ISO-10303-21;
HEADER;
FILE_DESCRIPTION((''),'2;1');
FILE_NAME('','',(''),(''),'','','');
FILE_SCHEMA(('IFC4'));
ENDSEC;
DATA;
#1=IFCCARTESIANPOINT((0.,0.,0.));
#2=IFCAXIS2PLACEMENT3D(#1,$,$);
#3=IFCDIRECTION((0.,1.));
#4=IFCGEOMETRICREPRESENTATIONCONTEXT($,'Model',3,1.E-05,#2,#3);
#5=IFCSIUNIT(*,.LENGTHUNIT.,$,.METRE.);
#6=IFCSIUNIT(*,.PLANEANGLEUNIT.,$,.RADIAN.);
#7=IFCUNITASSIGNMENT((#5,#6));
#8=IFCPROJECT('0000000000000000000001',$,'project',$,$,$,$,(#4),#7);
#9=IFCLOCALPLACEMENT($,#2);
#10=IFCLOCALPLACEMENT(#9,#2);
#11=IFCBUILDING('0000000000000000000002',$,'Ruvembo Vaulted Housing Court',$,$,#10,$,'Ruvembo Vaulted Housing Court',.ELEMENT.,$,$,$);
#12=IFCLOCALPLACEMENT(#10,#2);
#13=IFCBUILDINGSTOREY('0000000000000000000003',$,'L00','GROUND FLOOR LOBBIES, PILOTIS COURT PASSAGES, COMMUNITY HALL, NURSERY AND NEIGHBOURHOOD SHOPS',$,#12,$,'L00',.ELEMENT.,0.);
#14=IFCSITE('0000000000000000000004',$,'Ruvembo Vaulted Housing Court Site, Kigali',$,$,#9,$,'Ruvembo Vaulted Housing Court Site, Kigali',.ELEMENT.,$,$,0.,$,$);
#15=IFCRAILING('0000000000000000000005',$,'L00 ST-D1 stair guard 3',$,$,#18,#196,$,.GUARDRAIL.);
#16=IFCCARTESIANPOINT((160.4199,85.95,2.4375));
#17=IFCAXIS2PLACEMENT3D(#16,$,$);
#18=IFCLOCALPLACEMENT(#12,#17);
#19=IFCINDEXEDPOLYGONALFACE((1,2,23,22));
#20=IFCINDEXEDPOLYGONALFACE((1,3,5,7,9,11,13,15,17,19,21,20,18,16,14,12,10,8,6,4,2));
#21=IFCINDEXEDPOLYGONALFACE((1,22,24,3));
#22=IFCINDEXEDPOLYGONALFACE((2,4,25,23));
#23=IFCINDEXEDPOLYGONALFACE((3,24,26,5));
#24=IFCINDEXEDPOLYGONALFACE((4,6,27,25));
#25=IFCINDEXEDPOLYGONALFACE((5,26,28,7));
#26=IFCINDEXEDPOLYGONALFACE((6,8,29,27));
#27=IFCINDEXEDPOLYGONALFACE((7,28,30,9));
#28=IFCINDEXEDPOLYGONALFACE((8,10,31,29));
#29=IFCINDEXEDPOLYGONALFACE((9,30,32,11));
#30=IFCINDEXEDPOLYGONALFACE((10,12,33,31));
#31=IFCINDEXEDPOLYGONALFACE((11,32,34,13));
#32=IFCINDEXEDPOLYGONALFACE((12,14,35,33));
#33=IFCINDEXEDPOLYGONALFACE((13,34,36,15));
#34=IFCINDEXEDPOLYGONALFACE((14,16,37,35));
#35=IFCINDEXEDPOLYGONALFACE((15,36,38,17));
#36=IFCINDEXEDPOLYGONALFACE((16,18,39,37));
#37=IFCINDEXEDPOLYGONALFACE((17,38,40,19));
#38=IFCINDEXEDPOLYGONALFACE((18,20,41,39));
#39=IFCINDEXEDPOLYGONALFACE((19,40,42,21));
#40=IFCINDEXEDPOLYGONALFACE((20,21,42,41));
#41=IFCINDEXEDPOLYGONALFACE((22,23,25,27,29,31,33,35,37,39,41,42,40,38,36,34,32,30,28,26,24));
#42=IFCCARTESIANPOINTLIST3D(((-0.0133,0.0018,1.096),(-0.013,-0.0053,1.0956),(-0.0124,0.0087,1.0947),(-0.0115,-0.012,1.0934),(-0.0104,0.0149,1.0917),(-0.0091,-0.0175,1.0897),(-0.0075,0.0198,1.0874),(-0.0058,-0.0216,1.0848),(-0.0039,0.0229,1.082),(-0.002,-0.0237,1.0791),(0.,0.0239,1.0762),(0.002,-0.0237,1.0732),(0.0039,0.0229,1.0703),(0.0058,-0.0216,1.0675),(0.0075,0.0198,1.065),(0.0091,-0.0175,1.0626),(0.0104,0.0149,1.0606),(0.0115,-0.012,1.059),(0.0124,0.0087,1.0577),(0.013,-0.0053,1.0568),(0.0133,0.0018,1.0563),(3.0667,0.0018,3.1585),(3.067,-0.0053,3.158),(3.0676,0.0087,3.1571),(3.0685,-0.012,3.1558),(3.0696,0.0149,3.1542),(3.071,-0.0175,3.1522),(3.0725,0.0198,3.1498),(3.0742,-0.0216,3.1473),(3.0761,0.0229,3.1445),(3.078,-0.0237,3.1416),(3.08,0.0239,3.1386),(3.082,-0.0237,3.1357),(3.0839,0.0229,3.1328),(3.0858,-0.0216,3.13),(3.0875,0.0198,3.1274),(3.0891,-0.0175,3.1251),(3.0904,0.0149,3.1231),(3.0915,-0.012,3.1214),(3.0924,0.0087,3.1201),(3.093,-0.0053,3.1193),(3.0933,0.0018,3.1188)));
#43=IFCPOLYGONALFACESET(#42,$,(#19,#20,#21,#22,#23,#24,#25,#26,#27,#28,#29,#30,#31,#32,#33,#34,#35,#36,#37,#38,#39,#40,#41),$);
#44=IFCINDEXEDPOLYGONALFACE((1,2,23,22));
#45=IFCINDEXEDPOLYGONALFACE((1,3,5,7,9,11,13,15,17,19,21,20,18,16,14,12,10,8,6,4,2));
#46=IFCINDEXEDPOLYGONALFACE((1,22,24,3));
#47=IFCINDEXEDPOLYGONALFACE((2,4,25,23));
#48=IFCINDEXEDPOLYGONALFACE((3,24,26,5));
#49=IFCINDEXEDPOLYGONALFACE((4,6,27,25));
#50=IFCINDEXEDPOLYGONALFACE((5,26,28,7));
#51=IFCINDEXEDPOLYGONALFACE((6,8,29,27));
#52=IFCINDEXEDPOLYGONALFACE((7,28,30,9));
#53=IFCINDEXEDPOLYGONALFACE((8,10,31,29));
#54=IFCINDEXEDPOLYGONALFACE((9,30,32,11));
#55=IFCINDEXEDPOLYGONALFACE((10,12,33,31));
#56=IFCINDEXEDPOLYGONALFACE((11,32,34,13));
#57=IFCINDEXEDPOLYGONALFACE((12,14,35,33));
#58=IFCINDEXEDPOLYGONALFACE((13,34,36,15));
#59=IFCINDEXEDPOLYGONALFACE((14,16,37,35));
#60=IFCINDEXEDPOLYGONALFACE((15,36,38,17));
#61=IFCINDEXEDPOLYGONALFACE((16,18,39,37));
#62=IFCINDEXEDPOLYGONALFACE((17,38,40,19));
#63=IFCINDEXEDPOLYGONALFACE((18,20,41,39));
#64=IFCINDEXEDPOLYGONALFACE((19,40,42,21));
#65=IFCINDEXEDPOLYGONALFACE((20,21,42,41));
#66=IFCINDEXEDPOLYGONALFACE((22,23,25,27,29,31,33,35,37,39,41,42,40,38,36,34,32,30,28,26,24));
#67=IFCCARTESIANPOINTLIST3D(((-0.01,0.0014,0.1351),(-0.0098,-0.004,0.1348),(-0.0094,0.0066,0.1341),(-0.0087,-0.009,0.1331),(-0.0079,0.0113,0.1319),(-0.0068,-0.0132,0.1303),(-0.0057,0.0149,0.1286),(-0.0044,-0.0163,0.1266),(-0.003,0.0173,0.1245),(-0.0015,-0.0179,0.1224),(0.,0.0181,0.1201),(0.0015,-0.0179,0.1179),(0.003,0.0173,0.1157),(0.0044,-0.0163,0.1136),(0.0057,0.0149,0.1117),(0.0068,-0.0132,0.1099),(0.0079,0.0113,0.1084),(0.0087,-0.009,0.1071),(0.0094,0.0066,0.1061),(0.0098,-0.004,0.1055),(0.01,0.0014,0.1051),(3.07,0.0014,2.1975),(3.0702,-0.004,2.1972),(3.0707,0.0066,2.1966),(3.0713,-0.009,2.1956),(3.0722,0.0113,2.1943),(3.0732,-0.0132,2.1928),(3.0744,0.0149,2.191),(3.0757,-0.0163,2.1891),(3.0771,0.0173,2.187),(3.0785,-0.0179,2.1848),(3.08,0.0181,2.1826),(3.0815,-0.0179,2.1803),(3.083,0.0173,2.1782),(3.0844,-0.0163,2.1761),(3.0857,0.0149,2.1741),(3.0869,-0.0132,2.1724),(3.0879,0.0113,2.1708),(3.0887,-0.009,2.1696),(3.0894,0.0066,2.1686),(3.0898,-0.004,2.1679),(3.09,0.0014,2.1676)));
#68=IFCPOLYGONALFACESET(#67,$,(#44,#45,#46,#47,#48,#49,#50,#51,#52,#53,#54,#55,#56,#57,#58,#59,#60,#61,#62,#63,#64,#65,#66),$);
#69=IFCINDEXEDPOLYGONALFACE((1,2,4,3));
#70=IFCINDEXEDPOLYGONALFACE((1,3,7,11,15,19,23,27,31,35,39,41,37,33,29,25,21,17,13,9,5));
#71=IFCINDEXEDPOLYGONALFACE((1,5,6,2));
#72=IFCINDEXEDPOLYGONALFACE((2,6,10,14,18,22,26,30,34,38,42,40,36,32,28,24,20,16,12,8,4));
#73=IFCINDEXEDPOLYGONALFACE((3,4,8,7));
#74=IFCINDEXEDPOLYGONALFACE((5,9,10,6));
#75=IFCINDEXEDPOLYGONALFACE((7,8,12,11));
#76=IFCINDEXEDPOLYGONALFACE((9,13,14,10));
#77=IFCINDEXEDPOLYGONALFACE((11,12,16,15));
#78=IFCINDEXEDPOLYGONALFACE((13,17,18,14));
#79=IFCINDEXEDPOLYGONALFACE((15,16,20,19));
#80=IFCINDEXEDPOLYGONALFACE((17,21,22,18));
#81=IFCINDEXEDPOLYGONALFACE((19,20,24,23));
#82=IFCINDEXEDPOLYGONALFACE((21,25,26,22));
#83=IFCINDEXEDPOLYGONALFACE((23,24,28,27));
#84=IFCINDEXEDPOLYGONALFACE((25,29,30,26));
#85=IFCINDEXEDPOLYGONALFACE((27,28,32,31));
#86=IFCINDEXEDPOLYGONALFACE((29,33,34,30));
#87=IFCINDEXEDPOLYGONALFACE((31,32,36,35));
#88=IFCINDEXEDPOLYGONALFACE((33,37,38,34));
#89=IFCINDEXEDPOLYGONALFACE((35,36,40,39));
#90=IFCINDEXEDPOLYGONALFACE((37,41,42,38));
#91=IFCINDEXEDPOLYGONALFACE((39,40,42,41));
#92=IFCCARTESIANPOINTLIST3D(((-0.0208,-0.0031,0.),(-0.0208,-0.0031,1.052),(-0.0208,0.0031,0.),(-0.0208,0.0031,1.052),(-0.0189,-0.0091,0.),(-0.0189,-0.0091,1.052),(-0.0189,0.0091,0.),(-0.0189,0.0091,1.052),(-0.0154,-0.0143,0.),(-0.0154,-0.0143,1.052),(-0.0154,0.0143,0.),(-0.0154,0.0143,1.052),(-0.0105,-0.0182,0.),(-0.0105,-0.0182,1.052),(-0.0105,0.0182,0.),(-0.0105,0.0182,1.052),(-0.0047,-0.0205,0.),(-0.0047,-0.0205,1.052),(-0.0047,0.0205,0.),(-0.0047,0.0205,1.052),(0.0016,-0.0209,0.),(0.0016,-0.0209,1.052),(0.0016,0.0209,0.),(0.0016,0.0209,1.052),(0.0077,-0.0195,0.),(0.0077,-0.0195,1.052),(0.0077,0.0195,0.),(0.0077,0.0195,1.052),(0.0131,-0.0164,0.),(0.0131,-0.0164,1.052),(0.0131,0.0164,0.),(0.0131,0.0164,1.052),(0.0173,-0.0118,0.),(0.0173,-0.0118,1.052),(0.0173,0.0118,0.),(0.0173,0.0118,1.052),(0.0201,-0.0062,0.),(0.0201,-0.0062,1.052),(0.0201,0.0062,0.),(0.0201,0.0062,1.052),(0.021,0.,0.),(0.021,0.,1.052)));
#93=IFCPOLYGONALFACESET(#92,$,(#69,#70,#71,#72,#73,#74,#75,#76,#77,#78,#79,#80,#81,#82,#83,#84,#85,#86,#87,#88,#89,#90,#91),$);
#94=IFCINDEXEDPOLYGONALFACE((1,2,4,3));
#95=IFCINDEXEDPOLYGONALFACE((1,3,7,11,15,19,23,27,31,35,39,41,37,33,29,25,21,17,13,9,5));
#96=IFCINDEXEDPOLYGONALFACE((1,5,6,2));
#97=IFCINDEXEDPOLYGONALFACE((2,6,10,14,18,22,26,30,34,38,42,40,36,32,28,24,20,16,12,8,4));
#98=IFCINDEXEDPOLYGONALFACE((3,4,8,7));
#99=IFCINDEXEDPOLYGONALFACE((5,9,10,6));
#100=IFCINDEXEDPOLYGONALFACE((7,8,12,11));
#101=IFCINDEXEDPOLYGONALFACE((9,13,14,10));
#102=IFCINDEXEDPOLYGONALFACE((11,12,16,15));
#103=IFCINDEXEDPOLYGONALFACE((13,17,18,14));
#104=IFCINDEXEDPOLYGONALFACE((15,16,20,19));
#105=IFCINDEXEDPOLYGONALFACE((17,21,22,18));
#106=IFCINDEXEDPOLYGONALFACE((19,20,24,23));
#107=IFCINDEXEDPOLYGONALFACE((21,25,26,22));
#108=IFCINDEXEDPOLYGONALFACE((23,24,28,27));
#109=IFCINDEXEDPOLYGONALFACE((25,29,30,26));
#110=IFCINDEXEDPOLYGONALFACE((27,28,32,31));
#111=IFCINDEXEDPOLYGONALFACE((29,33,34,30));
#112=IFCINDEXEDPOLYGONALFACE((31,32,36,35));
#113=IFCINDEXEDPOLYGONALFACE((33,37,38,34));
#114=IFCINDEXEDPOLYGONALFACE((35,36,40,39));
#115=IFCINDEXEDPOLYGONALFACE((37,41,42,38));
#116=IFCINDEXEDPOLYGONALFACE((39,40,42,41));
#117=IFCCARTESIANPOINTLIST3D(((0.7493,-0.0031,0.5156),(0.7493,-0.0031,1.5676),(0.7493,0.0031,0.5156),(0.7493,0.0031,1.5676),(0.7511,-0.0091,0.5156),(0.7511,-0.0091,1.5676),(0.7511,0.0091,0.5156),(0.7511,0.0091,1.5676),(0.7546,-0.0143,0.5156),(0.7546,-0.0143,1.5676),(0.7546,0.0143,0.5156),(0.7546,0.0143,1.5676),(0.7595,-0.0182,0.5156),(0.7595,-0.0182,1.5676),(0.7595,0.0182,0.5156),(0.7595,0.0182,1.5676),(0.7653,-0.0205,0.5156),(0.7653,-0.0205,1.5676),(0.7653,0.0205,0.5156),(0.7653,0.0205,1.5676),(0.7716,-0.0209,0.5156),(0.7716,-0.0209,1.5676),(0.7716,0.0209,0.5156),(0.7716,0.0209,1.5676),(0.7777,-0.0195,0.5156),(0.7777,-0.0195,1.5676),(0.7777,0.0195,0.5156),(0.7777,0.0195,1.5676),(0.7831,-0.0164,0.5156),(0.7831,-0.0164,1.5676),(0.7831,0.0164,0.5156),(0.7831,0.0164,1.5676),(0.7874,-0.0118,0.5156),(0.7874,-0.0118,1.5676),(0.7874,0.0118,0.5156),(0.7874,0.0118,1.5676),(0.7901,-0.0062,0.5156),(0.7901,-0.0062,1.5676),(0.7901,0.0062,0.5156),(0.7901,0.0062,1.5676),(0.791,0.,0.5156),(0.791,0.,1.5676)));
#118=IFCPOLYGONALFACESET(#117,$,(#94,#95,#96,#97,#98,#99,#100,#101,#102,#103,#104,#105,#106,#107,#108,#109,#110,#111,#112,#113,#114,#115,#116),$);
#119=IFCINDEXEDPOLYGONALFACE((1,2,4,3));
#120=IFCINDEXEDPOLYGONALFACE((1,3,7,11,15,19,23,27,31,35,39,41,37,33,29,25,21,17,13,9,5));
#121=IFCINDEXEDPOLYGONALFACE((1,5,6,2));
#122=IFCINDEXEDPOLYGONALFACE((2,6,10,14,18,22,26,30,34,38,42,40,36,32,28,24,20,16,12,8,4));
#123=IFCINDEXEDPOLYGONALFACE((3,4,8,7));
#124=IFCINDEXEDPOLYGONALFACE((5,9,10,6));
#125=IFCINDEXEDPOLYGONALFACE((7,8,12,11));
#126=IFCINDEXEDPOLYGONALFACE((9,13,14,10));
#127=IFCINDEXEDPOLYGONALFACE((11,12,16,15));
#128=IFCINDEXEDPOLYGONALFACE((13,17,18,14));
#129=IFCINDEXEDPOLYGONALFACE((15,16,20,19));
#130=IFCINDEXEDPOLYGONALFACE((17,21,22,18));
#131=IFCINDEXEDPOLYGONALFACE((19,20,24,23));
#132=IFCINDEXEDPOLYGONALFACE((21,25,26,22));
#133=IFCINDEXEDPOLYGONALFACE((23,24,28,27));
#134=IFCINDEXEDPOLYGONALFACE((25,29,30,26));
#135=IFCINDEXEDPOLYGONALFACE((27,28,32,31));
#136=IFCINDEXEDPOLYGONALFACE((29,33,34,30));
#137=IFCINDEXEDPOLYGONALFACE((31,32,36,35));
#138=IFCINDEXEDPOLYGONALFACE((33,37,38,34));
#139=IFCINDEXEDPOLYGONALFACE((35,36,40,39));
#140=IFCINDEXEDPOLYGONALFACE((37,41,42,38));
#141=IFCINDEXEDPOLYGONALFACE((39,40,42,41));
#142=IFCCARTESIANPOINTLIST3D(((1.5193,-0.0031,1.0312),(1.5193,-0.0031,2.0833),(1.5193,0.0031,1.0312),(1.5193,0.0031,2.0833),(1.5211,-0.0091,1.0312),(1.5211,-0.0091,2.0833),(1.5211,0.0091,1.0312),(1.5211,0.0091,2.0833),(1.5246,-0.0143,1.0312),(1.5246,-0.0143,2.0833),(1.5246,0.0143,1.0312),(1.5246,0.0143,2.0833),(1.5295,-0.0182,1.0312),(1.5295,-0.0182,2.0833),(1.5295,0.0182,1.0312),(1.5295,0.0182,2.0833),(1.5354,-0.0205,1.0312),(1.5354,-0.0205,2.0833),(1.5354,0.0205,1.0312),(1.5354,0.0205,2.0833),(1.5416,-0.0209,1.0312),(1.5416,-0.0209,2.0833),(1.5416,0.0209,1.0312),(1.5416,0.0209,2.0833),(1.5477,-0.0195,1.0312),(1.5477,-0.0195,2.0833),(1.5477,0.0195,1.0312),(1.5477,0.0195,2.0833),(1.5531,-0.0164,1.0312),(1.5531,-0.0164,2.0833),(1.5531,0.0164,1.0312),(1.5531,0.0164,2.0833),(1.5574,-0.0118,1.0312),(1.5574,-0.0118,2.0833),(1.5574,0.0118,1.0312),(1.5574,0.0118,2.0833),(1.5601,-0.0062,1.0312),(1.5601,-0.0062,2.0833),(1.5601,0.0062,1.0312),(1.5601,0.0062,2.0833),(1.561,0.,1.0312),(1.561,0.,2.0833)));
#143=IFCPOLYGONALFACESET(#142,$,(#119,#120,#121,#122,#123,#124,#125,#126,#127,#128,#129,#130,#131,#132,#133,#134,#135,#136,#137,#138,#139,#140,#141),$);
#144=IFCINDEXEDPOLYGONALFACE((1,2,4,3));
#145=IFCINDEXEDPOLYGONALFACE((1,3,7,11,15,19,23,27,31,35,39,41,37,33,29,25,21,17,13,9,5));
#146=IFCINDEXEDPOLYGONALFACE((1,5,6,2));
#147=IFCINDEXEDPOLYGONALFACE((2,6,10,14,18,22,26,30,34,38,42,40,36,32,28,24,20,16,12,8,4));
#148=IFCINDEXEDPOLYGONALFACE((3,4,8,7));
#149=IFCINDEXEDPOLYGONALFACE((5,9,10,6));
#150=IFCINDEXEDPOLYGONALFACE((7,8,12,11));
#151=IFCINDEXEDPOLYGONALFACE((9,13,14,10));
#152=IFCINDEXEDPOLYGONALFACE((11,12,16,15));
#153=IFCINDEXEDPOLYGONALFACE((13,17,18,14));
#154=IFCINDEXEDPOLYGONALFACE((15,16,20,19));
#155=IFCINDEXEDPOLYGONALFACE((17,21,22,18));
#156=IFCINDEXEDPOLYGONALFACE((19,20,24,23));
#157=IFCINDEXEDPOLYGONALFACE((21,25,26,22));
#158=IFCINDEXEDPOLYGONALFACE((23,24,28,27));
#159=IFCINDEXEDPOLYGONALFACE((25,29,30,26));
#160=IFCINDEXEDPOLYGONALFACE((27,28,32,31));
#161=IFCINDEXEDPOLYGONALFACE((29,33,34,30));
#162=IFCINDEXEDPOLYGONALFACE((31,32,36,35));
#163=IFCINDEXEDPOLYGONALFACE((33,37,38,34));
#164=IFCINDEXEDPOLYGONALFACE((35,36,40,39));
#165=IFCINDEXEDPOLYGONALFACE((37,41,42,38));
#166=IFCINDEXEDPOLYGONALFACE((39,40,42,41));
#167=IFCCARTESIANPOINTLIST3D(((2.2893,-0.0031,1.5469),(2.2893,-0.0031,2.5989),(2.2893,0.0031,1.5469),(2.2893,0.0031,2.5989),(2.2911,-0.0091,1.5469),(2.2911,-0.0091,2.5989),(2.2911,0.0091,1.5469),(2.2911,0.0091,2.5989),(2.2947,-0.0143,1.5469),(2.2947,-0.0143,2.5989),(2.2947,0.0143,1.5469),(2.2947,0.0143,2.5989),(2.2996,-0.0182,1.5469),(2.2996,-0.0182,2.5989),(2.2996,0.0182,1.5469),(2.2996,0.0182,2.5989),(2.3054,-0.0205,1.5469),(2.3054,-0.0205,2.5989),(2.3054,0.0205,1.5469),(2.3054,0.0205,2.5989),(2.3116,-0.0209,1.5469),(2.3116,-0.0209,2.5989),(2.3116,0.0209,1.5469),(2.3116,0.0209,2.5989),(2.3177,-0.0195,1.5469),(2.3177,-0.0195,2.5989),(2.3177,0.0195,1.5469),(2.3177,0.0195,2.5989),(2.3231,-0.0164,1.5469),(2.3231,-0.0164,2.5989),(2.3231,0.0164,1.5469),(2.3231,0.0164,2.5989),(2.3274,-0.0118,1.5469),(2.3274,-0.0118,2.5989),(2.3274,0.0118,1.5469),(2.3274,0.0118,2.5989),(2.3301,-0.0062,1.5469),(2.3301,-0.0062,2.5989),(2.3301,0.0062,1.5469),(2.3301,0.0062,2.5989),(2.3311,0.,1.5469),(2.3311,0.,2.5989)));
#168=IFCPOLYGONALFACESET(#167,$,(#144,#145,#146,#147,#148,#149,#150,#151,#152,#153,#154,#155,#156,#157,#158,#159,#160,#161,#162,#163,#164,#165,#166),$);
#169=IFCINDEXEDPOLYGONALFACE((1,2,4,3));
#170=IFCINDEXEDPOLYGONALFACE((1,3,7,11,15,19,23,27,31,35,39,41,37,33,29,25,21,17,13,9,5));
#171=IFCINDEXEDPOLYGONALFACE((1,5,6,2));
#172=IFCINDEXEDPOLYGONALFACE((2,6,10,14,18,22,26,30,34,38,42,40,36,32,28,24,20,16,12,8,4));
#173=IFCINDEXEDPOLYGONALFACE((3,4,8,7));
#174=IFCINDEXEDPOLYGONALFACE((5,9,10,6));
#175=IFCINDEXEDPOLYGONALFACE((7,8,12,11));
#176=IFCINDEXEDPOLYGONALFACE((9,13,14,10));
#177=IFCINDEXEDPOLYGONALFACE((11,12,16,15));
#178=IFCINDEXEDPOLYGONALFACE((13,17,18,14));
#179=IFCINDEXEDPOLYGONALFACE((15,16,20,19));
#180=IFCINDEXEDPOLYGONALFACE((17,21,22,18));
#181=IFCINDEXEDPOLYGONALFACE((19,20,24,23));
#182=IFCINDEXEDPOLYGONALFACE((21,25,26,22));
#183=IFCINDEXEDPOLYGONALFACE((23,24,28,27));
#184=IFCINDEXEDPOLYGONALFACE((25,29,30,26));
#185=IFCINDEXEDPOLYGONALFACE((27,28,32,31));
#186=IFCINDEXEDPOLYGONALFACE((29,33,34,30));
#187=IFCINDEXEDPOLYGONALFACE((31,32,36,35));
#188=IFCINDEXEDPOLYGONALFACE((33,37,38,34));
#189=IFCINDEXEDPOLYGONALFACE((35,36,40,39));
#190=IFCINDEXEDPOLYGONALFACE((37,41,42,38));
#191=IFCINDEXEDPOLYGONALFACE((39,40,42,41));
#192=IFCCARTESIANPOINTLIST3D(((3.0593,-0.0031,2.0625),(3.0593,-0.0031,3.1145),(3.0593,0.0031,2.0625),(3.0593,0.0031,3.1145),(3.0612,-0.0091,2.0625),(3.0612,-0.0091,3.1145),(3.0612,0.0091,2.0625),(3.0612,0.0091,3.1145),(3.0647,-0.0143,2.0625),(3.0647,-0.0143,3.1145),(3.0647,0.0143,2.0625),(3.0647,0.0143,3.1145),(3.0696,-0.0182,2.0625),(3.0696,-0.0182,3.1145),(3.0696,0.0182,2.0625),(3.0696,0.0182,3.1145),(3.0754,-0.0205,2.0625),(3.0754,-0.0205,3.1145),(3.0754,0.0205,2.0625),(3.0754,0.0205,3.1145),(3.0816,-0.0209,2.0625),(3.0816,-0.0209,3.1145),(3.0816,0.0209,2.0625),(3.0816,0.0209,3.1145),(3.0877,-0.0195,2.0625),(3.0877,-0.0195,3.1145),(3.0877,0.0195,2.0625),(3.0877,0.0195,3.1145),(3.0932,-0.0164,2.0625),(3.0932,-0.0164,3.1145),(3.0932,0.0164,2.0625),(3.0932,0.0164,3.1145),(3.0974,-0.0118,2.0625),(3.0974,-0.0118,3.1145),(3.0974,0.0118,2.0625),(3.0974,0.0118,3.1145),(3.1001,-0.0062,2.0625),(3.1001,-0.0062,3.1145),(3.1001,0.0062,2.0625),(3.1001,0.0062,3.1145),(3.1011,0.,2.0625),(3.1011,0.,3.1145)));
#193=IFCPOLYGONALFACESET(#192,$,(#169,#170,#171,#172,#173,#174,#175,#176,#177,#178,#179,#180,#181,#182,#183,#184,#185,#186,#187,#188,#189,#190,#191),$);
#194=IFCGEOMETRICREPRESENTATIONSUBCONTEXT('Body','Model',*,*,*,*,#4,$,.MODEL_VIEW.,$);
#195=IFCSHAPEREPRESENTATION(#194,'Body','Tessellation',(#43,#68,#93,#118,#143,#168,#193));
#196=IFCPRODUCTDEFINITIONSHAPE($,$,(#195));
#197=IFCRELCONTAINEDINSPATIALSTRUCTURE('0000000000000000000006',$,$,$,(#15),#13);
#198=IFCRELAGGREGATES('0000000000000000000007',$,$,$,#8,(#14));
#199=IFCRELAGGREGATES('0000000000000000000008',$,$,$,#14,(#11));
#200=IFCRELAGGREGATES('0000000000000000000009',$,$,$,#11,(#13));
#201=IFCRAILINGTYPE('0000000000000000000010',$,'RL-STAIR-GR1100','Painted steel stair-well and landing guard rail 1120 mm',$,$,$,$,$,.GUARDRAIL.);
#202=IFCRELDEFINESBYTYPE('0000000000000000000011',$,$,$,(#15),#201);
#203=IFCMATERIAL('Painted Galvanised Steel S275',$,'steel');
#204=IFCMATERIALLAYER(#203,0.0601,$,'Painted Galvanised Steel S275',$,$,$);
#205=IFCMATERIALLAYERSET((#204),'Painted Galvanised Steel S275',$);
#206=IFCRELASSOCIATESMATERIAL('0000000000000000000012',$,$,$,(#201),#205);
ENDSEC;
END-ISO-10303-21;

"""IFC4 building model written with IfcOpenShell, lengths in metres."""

from ifc_helpers import new_model, si_unit, direction, frame, origin, origin_2d, place, context, subcontext, project, spatial, circle, extrude, material, layer, layer_set, type_object, element, save


model = new_model("IFC4")

# Units and contexts
model_context = context("Model", 3, precision=1e-05, world=origin(), true_north=direction((0.0, 1.0)))
body_context = subcontext(model_context, "Body", "Model", "MODEL_VIEW")
ifc_project = project(units=[si_unit("LENGTHUNIT", "METRE"), si_unit("PLANEANGLEUNIT", "RADIAN")], contexts=[model_context])

# Site, building, storey
site_placement = place(None, origin())
site = spatial("IfcSite", under=ifc_project, at=site_placement, Name="Ruvembo Vaulted Housing Court Site, Kigali", LongName="Ruvembo Vaulted Housing Court Site, Kigali", CompositionType="ELEMENT", RefElevation=0.0)
building_placement = place(site_placement, origin())
building = spatial("IfcBuilding", under=site, at=building_placement, Name="Ruvembo Vaulted Housing Court", LongName="Ruvembo Vaulted Housing Court", CompositionType="ELEMENT")
storey_placement = place(building_placement, origin())
storey = spatial("IfcBuildingStorey", under=building, at=storey_placement, Name="L00", Description="GROUND FLOOR LOBBIES, PILOTIS COURT PASSAGES, COMMUNITY HALL, NURSERY AND NEIGHBOURHOOD SHOPS", LongName="L00", CompositionType="ELEMENT", Elevation=0.0)

# Railing
ifc_material_1 = material(Name="Painted Galvanised Steel S275", Category="steel")
ifc_layer_1 = layer(ifc_material_1, 0.0601, Name="Painted Galvanised Steel S275")
ifc_layer_set_1 = layer_set([ifc_layer_1], Name="Painted Galvanised Steel S275")
railing_type_1 = type_object("IfcRailingType", Name="RL-STAIR-GR1100", Description="Painted steel stair-well and landing guard rail 1120 mm", PredefinedType="GUARDRAIL", material=ifc_layer_set_1)
railing_1_placement = place(storey_placement, frame((160.4199, 85.95, 2.4375)))
element("IfcRailing", 1, at=railing_1_placement, inside=storey, type_object=railing_type_1, Name="L00 ST-D1 stair guard 3", PredefinedType="GUARDRAIL", context=body_context, shape_type="SweptSolid", body=[
    extrude(circle(Radius=0.0239, at=origin_2d()), frame((0.0, 0.0, 1.0762), z_axis=(0.830914, 0.0, 0.556401), x_axis=(0.0, 1.0, 0.0)), (0.0, 0.0, 1.0), 3.7068),
    extrude(circle(Radius=0.0181, at=origin_2d()), frame((0.0, 0.0, 0.1201), z_axis=(0.830914, 0.0, 0.556401), x_axis=(0.0, 1.0, 0.0)), (0.0, 0.0, 1.0), 3.7068),
    extrude(circle(Radius=0.021, at=origin_2d()), origin(), (0.0, 0.0, 1.0), 1.052),
    extrude(circle(Radius=0.021, at=origin_2d()), frame((0.77, 0.0, 0.5156)), (0.0, 0.0, 1.0), 1.052),
    extrude(circle(Radius=0.021, at=origin_2d()), frame((1.54, 0.0, 1.0312)), (0.0, 0.0, 1.0), 1.052),
    extrude(circle(Radius=0.021, at=origin_2d()), frame((2.3101, 0.0, 1.5469)), (0.0, 0.0, 1.0), 1.052),
    extrude(circle(Radius=0.021, at=origin_2d()), frame((3.0801, 0.0, 2.0625)), (0.0, 0.0, 1.0), 1.052),
])

save(model, "model.ifc")
